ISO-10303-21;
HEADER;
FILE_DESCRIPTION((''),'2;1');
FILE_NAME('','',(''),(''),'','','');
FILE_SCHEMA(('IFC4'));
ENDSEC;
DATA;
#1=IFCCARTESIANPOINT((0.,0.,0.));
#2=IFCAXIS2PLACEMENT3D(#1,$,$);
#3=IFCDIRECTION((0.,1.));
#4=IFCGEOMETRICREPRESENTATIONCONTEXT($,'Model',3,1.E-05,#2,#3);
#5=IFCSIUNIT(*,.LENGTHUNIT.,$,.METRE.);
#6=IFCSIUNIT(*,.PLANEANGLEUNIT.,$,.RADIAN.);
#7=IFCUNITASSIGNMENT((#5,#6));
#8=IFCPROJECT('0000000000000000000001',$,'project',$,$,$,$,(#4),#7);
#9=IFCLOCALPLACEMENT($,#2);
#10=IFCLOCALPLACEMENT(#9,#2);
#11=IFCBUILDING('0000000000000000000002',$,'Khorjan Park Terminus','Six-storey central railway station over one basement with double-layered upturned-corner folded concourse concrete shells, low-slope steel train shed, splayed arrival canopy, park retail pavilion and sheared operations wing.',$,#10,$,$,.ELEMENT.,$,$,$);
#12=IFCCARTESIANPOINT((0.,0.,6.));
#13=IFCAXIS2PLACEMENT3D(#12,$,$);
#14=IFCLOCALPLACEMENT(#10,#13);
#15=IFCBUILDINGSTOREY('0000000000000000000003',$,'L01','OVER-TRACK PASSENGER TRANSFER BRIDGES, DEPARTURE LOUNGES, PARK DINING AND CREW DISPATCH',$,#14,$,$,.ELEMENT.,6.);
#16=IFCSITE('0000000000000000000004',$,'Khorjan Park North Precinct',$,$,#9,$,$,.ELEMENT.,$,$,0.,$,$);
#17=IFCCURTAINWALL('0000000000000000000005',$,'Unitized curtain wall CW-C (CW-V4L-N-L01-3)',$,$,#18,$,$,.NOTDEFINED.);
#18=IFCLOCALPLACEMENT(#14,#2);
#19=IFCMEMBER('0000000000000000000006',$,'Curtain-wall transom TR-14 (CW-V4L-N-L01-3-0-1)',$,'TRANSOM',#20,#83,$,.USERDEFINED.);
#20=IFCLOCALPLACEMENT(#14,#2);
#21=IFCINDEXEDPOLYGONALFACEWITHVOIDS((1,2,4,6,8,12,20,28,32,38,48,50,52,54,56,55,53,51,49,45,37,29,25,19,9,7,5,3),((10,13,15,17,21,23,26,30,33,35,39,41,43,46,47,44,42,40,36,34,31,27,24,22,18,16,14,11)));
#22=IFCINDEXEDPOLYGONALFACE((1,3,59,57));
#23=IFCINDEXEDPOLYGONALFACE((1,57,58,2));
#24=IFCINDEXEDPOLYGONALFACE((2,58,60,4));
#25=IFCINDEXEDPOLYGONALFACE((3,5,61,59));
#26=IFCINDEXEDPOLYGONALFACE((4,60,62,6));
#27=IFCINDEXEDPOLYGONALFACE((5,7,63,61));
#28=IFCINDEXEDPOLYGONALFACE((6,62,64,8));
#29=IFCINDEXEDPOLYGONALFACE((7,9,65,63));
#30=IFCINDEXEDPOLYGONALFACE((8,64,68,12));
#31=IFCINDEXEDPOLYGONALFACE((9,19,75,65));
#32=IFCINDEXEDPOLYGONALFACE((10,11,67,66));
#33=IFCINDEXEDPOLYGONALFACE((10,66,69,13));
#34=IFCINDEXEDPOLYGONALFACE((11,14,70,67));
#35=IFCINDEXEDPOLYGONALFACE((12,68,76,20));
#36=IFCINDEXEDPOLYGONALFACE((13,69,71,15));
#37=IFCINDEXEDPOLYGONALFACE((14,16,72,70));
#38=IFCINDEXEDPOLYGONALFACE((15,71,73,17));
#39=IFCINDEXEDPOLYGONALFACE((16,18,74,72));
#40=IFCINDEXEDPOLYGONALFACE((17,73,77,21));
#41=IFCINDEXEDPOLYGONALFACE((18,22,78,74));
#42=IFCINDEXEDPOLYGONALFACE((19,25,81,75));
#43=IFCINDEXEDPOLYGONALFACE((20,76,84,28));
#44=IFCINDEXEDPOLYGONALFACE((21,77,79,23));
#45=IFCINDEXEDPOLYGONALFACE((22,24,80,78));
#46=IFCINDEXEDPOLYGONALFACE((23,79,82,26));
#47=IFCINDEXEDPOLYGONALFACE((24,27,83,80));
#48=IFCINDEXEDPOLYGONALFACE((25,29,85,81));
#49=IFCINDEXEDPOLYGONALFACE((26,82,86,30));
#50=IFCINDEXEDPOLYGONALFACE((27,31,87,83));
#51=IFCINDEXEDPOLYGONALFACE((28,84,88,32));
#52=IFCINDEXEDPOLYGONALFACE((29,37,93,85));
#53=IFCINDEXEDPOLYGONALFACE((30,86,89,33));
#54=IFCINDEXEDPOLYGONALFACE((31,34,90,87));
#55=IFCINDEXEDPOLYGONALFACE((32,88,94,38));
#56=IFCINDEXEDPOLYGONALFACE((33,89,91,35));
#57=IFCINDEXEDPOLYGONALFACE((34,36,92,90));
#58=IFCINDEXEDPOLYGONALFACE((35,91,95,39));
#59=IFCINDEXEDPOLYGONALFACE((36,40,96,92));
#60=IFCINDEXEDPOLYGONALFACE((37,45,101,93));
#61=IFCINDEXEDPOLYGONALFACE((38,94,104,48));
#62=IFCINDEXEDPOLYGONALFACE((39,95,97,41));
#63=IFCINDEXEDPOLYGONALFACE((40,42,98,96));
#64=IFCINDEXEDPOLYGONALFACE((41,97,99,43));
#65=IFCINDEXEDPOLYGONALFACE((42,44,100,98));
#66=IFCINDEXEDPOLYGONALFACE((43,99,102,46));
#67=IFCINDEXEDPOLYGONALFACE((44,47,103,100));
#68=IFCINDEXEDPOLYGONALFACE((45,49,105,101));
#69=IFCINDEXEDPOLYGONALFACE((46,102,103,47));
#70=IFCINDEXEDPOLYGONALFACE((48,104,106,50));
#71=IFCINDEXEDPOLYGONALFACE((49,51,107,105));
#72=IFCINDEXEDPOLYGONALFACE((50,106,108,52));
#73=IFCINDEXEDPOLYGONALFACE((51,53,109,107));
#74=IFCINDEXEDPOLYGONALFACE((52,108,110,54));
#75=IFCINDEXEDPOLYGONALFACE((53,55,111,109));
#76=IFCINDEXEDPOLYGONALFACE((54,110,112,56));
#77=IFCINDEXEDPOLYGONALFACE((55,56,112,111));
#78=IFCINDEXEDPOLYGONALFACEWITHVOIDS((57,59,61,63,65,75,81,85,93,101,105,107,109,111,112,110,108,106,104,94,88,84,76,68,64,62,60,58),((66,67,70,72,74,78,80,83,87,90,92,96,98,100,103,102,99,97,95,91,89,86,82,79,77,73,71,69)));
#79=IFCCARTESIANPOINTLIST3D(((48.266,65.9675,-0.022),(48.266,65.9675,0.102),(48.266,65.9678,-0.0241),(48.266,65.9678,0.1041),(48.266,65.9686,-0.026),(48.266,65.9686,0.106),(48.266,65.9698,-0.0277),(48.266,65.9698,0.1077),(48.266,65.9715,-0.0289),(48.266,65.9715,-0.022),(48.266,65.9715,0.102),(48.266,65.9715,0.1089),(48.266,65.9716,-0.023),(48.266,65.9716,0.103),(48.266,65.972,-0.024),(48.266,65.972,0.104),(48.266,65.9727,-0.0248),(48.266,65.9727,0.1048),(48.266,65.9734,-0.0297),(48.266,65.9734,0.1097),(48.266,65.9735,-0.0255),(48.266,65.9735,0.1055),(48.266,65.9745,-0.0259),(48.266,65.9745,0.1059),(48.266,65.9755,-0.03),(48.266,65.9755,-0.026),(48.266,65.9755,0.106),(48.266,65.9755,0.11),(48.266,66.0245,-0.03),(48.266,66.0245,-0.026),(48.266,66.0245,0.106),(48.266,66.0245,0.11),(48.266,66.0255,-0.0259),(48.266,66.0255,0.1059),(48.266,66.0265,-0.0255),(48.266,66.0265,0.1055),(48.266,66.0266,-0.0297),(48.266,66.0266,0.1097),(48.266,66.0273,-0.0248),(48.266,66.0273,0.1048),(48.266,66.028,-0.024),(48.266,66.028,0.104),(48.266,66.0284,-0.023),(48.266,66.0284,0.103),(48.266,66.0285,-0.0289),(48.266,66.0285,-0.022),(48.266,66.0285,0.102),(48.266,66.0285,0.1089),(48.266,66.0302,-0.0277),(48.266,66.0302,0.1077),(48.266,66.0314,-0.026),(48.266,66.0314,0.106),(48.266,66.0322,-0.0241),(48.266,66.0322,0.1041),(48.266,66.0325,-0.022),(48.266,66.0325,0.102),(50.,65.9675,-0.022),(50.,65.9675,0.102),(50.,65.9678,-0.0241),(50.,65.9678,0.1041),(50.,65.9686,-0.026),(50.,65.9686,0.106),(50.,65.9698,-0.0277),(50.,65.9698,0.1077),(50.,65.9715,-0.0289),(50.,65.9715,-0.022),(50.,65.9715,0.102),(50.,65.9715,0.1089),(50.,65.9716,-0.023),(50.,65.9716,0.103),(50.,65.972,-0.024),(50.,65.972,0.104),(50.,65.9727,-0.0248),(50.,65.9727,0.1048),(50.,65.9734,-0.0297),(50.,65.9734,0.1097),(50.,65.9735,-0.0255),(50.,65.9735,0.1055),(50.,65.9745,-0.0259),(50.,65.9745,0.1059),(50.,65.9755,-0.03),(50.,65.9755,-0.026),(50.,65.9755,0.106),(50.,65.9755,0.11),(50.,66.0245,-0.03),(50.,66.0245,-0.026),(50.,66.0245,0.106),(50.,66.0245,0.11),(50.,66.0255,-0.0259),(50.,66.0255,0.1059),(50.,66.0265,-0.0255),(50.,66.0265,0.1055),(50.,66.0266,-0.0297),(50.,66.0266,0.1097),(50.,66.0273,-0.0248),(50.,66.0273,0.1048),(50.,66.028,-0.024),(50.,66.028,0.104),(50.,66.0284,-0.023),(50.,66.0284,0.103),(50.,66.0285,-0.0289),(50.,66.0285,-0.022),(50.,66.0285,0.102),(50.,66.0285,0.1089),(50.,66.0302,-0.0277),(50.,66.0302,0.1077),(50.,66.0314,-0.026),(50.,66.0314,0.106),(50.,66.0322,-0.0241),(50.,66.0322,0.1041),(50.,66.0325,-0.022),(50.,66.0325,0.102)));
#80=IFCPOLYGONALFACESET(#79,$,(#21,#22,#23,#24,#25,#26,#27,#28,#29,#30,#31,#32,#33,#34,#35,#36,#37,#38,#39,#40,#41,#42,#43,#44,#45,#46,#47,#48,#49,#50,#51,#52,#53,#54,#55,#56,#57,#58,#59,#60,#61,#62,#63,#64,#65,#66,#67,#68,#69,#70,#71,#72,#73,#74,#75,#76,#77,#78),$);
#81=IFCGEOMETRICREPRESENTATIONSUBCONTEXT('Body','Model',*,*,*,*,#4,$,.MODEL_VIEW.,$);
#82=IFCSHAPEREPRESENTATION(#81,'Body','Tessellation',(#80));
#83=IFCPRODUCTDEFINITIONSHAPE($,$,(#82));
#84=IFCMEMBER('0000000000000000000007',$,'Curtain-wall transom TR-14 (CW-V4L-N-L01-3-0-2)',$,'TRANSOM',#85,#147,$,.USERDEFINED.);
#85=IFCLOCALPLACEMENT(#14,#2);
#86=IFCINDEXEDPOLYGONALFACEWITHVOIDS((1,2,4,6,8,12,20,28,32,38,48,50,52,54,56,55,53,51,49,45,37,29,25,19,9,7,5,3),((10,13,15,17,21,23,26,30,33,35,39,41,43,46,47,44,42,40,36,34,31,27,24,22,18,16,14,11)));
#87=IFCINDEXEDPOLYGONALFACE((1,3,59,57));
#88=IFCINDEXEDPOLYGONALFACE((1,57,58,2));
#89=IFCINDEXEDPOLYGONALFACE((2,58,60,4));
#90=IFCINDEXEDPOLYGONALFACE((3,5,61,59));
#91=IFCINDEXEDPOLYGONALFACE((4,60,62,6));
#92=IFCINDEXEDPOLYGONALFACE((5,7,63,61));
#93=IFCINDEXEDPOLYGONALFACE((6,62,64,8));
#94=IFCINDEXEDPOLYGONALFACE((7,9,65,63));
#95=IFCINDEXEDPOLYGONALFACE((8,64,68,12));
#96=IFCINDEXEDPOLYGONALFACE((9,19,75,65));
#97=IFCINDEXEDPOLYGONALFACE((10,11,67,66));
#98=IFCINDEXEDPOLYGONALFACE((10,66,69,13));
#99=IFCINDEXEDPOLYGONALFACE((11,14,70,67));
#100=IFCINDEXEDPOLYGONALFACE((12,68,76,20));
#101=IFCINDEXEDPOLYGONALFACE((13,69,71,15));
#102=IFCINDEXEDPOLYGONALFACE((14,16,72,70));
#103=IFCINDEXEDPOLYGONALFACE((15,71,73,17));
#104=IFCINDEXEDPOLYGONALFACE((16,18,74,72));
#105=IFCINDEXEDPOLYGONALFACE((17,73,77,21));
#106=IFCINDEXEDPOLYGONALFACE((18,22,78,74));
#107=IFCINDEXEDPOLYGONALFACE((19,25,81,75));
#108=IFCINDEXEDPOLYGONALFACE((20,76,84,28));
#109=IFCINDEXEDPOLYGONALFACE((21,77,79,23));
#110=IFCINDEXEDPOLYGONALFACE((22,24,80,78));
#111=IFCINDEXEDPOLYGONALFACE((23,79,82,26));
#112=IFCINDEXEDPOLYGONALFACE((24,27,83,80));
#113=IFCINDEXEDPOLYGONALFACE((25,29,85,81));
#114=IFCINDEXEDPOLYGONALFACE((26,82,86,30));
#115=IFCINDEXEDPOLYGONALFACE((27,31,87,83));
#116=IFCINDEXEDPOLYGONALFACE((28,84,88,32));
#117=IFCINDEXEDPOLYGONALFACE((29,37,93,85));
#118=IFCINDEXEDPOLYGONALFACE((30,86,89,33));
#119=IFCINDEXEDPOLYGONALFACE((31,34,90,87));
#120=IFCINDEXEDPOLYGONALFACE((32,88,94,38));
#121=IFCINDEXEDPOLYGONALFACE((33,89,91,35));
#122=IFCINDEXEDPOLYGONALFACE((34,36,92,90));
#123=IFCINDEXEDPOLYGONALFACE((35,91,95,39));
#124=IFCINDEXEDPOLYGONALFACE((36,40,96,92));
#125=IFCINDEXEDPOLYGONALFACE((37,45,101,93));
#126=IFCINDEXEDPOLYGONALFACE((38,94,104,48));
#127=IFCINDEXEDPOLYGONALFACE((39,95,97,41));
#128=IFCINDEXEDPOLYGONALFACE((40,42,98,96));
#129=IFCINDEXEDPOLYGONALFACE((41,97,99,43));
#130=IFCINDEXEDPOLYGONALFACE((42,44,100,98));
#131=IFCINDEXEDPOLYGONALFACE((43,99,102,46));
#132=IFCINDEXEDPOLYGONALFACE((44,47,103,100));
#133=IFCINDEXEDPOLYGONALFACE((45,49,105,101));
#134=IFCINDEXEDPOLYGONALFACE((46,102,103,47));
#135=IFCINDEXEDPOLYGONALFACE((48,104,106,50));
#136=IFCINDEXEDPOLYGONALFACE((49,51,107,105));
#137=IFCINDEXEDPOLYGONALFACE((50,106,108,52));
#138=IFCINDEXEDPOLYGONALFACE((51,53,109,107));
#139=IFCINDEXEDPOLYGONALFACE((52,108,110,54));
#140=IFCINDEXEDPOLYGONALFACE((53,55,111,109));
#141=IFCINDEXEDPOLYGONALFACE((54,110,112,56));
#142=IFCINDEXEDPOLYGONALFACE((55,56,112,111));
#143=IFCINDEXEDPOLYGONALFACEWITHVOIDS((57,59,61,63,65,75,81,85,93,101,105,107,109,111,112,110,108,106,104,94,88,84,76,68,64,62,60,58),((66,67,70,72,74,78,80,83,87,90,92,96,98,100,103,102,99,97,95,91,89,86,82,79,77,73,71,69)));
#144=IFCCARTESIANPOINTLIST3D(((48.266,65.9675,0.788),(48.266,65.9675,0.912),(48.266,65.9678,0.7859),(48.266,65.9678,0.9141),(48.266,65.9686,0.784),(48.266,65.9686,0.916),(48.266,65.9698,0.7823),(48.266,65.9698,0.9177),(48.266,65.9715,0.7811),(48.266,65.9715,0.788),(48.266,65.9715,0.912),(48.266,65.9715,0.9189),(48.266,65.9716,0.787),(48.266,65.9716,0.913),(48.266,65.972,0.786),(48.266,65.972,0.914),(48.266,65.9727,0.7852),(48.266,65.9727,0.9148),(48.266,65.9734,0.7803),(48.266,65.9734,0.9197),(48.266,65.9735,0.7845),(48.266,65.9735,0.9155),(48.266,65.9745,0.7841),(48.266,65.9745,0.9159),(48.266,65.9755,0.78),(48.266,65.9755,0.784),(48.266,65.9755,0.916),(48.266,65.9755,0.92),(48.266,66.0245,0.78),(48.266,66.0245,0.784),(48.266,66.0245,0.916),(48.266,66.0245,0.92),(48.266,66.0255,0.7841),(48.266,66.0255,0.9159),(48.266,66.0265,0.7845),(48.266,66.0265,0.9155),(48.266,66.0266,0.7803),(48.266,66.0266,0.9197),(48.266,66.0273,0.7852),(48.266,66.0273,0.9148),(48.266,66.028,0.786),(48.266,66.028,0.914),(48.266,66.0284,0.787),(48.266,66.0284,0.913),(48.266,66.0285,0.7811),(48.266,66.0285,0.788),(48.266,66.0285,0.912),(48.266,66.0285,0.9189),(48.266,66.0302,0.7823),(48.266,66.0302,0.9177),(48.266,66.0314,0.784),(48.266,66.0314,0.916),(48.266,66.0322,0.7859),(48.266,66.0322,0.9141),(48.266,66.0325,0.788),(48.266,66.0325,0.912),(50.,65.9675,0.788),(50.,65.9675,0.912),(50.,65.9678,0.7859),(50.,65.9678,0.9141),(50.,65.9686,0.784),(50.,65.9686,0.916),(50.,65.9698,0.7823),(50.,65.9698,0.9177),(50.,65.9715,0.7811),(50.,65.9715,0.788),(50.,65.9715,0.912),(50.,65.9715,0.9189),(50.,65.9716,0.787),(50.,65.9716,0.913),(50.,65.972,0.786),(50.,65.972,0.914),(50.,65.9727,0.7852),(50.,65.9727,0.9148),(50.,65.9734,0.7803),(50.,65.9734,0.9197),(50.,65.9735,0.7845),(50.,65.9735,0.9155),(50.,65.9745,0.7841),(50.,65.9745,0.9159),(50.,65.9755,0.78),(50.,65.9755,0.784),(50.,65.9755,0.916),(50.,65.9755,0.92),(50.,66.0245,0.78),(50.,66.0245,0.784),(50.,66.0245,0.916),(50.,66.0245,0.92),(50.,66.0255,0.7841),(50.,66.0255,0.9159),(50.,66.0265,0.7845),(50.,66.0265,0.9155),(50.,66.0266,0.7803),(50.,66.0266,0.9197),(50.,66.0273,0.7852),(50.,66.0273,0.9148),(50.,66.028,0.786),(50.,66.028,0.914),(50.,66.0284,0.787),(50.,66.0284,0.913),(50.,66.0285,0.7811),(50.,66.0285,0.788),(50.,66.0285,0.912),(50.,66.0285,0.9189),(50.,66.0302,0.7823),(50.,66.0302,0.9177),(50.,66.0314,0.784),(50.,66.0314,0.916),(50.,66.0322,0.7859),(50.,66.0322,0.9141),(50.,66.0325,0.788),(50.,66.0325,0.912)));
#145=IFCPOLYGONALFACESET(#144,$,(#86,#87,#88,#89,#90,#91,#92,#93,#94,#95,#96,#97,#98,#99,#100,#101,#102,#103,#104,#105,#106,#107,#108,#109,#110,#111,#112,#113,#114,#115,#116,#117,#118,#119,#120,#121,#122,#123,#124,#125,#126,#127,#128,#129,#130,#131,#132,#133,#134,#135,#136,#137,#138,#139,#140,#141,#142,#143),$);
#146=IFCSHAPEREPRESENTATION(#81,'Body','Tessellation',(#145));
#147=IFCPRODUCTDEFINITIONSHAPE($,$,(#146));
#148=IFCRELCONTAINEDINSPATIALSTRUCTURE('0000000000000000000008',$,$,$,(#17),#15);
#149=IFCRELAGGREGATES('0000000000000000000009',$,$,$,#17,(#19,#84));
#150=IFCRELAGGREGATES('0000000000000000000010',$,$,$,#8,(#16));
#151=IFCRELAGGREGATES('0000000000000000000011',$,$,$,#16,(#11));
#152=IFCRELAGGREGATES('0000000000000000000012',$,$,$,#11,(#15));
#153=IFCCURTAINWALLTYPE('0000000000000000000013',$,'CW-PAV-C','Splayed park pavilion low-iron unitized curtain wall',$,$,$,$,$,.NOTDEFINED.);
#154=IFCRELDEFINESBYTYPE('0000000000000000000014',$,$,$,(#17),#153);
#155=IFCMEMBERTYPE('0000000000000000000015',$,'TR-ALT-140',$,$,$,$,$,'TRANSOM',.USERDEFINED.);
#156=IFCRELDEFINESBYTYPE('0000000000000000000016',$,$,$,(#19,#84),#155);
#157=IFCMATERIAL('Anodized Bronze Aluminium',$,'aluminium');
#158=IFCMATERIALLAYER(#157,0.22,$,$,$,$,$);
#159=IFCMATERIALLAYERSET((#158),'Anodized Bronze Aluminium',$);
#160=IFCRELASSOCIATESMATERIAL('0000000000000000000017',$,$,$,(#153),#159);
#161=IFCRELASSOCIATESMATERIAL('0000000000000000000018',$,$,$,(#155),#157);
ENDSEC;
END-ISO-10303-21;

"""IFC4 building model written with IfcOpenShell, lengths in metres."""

from ifc_helpers import new_model, si_unit, direction, frame, origin, origin_2d, place, context, subcontext, project, spatial, hollow_rectangle, extrude, material, layer, layer_set, material_profile, profile_set, type_object, element, aggregate, save


model = new_model("IFC4")

# Units and contexts
model_context = context("Model", 3, precision=1e-05, world=origin(), true_north=direction((0.0, 1.0)))
body_context = subcontext(model_context, "Body", "Model", "MODEL_VIEW")
ifc_project = project(units=[si_unit("LENGTHUNIT", "METRE"), si_unit("PLANEANGLEUNIT", "RADIAN")], contexts=[model_context])

# Site, building, storey
site_placement = place(None, origin())
site = spatial("IfcSite", under=ifc_project, at=site_placement, Name="Khorjan Park North Precinct", CompositionType="ELEMENT", RefElevation=0.0)
building_placement = place(site_placement, origin())
building = spatial("IfcBuilding", under=site, at=building_placement, Name="Khorjan Park Terminus", Description="Six-storey central railway station over one basement with double-layered upturned-corner folded concourse concrete shells, low-slope steel train shed, splayed arrival canopy, park retail pavilion and sheared operations wing.", CompositionType="ELEMENT")
storey_placement = place(building_placement, frame((0.0, 0.0, 6.0)))
storey = spatial("IfcBuildingStorey", under=building, at=storey_placement, Name="L01", Description="OVER-TRACK PASSENGER TRANSFER BRIDGES, DEPARTURE LOUNGES, PARK DINING AND CREW DISPATCH", CompositionType="ELEMENT", Elevation=6.0)

# Shared definitions
ifc_material_1 = material(Name="Anodized Bronze Aluminium", Category="aluminium")

# Curtain wall, members
ifc_layer_1 = layer(ifc_material_1, 0.22)
ifc_layer_set_1 = layer_set([ifc_layer_1], Name="Anodized Bronze Aluminium")
curtain_wall_type_1 = type_object("IfcCurtainWallType", Name="CW-PAV-C", Description="Splayed park pavilion low-iron unitized curtain wall", PredefinedType="NOTDEFINED", material=ifc_layer_set_1)
curtain_wall_1_placement = place(storey_placement, origin())
curtain_wall_1 = element("IfcCurtainWall", 1, at=curtain_wall_1_placement, inside=storey, type_object=curtain_wall_type_1, Name="Unitized curtain wall CW-C (CW-V4L-N-L01-3)", PredefinedType="NOTDEFINED")
ifc_material_profile_1 = material_profile(ifc_material_1, hollow_rectangle(XDim=0.065, YDim=0.14, WallThickness=0.004, InnerFilletRadius=0.004, OuterFilletRadius=0.008, at=origin_2d()), Name="ALT 65x140x4")
ifc_profile_set_1 = profile_set([ifc_material_profile_1], Name="Anodized Bronze Aluminium")
member_type_1 = type_object("IfcMemberType", Name="TR-ALT-140", ElementType="TRANSOM", PredefinedType="USERDEFINED", material=ifc_profile_set_1)
member_1_placement = place(storey_placement, frame((50.0, 66.0, 0.04), z_axis=(-1.0, 0.0, 0.0), x_axis=(0.0, -1.0, 0.0)))
member_1 = element("IfcMember", 2, at=member_1_placement, type_object=member_type_1, Name="Curtain-wall transom TR-14 (CW-V4L-N-L01-3-0-1)", ObjectType="TRANSOM", PredefinedType="USERDEFINED", context=body_context, shape_type="SweptSolid", body=[
    extrude(hollow_rectangle(XDim=0.065, YDim=0.14, WallThickness=0.004, InnerFilletRadius=0.004, OuterFilletRadius=0.008, at=origin_2d()), origin(), (0.0, 0.0, 1.0), 1.734),
])
member_2_placement = place(storey_placement, frame((50.0, 66.0, 0.85), z_axis=(-1.0, 0.0, 0.0), x_axis=(0.0, -1.0, 0.0)))
member_2 = element("IfcMember", 3, at=member_2_placement, type_object=member_type_1, Name="Curtain-wall transom TR-14 (CW-V4L-N-L01-3-0-2)", ObjectType="TRANSOM", PredefinedType="USERDEFINED", context=body_context, shape_type="SweptSolid", body=[
    extrude(hollow_rectangle(XDim=0.065, YDim=0.14, WallThickness=0.004, InnerFilletRadius=0.004, OuterFilletRadius=0.008, at=origin_2d()), origin(), (0.0, 0.0, 1.0), 1.734),
])
aggregate(curtain_wall_1, [member_1, member_2])

save(model, "model.ifc")
